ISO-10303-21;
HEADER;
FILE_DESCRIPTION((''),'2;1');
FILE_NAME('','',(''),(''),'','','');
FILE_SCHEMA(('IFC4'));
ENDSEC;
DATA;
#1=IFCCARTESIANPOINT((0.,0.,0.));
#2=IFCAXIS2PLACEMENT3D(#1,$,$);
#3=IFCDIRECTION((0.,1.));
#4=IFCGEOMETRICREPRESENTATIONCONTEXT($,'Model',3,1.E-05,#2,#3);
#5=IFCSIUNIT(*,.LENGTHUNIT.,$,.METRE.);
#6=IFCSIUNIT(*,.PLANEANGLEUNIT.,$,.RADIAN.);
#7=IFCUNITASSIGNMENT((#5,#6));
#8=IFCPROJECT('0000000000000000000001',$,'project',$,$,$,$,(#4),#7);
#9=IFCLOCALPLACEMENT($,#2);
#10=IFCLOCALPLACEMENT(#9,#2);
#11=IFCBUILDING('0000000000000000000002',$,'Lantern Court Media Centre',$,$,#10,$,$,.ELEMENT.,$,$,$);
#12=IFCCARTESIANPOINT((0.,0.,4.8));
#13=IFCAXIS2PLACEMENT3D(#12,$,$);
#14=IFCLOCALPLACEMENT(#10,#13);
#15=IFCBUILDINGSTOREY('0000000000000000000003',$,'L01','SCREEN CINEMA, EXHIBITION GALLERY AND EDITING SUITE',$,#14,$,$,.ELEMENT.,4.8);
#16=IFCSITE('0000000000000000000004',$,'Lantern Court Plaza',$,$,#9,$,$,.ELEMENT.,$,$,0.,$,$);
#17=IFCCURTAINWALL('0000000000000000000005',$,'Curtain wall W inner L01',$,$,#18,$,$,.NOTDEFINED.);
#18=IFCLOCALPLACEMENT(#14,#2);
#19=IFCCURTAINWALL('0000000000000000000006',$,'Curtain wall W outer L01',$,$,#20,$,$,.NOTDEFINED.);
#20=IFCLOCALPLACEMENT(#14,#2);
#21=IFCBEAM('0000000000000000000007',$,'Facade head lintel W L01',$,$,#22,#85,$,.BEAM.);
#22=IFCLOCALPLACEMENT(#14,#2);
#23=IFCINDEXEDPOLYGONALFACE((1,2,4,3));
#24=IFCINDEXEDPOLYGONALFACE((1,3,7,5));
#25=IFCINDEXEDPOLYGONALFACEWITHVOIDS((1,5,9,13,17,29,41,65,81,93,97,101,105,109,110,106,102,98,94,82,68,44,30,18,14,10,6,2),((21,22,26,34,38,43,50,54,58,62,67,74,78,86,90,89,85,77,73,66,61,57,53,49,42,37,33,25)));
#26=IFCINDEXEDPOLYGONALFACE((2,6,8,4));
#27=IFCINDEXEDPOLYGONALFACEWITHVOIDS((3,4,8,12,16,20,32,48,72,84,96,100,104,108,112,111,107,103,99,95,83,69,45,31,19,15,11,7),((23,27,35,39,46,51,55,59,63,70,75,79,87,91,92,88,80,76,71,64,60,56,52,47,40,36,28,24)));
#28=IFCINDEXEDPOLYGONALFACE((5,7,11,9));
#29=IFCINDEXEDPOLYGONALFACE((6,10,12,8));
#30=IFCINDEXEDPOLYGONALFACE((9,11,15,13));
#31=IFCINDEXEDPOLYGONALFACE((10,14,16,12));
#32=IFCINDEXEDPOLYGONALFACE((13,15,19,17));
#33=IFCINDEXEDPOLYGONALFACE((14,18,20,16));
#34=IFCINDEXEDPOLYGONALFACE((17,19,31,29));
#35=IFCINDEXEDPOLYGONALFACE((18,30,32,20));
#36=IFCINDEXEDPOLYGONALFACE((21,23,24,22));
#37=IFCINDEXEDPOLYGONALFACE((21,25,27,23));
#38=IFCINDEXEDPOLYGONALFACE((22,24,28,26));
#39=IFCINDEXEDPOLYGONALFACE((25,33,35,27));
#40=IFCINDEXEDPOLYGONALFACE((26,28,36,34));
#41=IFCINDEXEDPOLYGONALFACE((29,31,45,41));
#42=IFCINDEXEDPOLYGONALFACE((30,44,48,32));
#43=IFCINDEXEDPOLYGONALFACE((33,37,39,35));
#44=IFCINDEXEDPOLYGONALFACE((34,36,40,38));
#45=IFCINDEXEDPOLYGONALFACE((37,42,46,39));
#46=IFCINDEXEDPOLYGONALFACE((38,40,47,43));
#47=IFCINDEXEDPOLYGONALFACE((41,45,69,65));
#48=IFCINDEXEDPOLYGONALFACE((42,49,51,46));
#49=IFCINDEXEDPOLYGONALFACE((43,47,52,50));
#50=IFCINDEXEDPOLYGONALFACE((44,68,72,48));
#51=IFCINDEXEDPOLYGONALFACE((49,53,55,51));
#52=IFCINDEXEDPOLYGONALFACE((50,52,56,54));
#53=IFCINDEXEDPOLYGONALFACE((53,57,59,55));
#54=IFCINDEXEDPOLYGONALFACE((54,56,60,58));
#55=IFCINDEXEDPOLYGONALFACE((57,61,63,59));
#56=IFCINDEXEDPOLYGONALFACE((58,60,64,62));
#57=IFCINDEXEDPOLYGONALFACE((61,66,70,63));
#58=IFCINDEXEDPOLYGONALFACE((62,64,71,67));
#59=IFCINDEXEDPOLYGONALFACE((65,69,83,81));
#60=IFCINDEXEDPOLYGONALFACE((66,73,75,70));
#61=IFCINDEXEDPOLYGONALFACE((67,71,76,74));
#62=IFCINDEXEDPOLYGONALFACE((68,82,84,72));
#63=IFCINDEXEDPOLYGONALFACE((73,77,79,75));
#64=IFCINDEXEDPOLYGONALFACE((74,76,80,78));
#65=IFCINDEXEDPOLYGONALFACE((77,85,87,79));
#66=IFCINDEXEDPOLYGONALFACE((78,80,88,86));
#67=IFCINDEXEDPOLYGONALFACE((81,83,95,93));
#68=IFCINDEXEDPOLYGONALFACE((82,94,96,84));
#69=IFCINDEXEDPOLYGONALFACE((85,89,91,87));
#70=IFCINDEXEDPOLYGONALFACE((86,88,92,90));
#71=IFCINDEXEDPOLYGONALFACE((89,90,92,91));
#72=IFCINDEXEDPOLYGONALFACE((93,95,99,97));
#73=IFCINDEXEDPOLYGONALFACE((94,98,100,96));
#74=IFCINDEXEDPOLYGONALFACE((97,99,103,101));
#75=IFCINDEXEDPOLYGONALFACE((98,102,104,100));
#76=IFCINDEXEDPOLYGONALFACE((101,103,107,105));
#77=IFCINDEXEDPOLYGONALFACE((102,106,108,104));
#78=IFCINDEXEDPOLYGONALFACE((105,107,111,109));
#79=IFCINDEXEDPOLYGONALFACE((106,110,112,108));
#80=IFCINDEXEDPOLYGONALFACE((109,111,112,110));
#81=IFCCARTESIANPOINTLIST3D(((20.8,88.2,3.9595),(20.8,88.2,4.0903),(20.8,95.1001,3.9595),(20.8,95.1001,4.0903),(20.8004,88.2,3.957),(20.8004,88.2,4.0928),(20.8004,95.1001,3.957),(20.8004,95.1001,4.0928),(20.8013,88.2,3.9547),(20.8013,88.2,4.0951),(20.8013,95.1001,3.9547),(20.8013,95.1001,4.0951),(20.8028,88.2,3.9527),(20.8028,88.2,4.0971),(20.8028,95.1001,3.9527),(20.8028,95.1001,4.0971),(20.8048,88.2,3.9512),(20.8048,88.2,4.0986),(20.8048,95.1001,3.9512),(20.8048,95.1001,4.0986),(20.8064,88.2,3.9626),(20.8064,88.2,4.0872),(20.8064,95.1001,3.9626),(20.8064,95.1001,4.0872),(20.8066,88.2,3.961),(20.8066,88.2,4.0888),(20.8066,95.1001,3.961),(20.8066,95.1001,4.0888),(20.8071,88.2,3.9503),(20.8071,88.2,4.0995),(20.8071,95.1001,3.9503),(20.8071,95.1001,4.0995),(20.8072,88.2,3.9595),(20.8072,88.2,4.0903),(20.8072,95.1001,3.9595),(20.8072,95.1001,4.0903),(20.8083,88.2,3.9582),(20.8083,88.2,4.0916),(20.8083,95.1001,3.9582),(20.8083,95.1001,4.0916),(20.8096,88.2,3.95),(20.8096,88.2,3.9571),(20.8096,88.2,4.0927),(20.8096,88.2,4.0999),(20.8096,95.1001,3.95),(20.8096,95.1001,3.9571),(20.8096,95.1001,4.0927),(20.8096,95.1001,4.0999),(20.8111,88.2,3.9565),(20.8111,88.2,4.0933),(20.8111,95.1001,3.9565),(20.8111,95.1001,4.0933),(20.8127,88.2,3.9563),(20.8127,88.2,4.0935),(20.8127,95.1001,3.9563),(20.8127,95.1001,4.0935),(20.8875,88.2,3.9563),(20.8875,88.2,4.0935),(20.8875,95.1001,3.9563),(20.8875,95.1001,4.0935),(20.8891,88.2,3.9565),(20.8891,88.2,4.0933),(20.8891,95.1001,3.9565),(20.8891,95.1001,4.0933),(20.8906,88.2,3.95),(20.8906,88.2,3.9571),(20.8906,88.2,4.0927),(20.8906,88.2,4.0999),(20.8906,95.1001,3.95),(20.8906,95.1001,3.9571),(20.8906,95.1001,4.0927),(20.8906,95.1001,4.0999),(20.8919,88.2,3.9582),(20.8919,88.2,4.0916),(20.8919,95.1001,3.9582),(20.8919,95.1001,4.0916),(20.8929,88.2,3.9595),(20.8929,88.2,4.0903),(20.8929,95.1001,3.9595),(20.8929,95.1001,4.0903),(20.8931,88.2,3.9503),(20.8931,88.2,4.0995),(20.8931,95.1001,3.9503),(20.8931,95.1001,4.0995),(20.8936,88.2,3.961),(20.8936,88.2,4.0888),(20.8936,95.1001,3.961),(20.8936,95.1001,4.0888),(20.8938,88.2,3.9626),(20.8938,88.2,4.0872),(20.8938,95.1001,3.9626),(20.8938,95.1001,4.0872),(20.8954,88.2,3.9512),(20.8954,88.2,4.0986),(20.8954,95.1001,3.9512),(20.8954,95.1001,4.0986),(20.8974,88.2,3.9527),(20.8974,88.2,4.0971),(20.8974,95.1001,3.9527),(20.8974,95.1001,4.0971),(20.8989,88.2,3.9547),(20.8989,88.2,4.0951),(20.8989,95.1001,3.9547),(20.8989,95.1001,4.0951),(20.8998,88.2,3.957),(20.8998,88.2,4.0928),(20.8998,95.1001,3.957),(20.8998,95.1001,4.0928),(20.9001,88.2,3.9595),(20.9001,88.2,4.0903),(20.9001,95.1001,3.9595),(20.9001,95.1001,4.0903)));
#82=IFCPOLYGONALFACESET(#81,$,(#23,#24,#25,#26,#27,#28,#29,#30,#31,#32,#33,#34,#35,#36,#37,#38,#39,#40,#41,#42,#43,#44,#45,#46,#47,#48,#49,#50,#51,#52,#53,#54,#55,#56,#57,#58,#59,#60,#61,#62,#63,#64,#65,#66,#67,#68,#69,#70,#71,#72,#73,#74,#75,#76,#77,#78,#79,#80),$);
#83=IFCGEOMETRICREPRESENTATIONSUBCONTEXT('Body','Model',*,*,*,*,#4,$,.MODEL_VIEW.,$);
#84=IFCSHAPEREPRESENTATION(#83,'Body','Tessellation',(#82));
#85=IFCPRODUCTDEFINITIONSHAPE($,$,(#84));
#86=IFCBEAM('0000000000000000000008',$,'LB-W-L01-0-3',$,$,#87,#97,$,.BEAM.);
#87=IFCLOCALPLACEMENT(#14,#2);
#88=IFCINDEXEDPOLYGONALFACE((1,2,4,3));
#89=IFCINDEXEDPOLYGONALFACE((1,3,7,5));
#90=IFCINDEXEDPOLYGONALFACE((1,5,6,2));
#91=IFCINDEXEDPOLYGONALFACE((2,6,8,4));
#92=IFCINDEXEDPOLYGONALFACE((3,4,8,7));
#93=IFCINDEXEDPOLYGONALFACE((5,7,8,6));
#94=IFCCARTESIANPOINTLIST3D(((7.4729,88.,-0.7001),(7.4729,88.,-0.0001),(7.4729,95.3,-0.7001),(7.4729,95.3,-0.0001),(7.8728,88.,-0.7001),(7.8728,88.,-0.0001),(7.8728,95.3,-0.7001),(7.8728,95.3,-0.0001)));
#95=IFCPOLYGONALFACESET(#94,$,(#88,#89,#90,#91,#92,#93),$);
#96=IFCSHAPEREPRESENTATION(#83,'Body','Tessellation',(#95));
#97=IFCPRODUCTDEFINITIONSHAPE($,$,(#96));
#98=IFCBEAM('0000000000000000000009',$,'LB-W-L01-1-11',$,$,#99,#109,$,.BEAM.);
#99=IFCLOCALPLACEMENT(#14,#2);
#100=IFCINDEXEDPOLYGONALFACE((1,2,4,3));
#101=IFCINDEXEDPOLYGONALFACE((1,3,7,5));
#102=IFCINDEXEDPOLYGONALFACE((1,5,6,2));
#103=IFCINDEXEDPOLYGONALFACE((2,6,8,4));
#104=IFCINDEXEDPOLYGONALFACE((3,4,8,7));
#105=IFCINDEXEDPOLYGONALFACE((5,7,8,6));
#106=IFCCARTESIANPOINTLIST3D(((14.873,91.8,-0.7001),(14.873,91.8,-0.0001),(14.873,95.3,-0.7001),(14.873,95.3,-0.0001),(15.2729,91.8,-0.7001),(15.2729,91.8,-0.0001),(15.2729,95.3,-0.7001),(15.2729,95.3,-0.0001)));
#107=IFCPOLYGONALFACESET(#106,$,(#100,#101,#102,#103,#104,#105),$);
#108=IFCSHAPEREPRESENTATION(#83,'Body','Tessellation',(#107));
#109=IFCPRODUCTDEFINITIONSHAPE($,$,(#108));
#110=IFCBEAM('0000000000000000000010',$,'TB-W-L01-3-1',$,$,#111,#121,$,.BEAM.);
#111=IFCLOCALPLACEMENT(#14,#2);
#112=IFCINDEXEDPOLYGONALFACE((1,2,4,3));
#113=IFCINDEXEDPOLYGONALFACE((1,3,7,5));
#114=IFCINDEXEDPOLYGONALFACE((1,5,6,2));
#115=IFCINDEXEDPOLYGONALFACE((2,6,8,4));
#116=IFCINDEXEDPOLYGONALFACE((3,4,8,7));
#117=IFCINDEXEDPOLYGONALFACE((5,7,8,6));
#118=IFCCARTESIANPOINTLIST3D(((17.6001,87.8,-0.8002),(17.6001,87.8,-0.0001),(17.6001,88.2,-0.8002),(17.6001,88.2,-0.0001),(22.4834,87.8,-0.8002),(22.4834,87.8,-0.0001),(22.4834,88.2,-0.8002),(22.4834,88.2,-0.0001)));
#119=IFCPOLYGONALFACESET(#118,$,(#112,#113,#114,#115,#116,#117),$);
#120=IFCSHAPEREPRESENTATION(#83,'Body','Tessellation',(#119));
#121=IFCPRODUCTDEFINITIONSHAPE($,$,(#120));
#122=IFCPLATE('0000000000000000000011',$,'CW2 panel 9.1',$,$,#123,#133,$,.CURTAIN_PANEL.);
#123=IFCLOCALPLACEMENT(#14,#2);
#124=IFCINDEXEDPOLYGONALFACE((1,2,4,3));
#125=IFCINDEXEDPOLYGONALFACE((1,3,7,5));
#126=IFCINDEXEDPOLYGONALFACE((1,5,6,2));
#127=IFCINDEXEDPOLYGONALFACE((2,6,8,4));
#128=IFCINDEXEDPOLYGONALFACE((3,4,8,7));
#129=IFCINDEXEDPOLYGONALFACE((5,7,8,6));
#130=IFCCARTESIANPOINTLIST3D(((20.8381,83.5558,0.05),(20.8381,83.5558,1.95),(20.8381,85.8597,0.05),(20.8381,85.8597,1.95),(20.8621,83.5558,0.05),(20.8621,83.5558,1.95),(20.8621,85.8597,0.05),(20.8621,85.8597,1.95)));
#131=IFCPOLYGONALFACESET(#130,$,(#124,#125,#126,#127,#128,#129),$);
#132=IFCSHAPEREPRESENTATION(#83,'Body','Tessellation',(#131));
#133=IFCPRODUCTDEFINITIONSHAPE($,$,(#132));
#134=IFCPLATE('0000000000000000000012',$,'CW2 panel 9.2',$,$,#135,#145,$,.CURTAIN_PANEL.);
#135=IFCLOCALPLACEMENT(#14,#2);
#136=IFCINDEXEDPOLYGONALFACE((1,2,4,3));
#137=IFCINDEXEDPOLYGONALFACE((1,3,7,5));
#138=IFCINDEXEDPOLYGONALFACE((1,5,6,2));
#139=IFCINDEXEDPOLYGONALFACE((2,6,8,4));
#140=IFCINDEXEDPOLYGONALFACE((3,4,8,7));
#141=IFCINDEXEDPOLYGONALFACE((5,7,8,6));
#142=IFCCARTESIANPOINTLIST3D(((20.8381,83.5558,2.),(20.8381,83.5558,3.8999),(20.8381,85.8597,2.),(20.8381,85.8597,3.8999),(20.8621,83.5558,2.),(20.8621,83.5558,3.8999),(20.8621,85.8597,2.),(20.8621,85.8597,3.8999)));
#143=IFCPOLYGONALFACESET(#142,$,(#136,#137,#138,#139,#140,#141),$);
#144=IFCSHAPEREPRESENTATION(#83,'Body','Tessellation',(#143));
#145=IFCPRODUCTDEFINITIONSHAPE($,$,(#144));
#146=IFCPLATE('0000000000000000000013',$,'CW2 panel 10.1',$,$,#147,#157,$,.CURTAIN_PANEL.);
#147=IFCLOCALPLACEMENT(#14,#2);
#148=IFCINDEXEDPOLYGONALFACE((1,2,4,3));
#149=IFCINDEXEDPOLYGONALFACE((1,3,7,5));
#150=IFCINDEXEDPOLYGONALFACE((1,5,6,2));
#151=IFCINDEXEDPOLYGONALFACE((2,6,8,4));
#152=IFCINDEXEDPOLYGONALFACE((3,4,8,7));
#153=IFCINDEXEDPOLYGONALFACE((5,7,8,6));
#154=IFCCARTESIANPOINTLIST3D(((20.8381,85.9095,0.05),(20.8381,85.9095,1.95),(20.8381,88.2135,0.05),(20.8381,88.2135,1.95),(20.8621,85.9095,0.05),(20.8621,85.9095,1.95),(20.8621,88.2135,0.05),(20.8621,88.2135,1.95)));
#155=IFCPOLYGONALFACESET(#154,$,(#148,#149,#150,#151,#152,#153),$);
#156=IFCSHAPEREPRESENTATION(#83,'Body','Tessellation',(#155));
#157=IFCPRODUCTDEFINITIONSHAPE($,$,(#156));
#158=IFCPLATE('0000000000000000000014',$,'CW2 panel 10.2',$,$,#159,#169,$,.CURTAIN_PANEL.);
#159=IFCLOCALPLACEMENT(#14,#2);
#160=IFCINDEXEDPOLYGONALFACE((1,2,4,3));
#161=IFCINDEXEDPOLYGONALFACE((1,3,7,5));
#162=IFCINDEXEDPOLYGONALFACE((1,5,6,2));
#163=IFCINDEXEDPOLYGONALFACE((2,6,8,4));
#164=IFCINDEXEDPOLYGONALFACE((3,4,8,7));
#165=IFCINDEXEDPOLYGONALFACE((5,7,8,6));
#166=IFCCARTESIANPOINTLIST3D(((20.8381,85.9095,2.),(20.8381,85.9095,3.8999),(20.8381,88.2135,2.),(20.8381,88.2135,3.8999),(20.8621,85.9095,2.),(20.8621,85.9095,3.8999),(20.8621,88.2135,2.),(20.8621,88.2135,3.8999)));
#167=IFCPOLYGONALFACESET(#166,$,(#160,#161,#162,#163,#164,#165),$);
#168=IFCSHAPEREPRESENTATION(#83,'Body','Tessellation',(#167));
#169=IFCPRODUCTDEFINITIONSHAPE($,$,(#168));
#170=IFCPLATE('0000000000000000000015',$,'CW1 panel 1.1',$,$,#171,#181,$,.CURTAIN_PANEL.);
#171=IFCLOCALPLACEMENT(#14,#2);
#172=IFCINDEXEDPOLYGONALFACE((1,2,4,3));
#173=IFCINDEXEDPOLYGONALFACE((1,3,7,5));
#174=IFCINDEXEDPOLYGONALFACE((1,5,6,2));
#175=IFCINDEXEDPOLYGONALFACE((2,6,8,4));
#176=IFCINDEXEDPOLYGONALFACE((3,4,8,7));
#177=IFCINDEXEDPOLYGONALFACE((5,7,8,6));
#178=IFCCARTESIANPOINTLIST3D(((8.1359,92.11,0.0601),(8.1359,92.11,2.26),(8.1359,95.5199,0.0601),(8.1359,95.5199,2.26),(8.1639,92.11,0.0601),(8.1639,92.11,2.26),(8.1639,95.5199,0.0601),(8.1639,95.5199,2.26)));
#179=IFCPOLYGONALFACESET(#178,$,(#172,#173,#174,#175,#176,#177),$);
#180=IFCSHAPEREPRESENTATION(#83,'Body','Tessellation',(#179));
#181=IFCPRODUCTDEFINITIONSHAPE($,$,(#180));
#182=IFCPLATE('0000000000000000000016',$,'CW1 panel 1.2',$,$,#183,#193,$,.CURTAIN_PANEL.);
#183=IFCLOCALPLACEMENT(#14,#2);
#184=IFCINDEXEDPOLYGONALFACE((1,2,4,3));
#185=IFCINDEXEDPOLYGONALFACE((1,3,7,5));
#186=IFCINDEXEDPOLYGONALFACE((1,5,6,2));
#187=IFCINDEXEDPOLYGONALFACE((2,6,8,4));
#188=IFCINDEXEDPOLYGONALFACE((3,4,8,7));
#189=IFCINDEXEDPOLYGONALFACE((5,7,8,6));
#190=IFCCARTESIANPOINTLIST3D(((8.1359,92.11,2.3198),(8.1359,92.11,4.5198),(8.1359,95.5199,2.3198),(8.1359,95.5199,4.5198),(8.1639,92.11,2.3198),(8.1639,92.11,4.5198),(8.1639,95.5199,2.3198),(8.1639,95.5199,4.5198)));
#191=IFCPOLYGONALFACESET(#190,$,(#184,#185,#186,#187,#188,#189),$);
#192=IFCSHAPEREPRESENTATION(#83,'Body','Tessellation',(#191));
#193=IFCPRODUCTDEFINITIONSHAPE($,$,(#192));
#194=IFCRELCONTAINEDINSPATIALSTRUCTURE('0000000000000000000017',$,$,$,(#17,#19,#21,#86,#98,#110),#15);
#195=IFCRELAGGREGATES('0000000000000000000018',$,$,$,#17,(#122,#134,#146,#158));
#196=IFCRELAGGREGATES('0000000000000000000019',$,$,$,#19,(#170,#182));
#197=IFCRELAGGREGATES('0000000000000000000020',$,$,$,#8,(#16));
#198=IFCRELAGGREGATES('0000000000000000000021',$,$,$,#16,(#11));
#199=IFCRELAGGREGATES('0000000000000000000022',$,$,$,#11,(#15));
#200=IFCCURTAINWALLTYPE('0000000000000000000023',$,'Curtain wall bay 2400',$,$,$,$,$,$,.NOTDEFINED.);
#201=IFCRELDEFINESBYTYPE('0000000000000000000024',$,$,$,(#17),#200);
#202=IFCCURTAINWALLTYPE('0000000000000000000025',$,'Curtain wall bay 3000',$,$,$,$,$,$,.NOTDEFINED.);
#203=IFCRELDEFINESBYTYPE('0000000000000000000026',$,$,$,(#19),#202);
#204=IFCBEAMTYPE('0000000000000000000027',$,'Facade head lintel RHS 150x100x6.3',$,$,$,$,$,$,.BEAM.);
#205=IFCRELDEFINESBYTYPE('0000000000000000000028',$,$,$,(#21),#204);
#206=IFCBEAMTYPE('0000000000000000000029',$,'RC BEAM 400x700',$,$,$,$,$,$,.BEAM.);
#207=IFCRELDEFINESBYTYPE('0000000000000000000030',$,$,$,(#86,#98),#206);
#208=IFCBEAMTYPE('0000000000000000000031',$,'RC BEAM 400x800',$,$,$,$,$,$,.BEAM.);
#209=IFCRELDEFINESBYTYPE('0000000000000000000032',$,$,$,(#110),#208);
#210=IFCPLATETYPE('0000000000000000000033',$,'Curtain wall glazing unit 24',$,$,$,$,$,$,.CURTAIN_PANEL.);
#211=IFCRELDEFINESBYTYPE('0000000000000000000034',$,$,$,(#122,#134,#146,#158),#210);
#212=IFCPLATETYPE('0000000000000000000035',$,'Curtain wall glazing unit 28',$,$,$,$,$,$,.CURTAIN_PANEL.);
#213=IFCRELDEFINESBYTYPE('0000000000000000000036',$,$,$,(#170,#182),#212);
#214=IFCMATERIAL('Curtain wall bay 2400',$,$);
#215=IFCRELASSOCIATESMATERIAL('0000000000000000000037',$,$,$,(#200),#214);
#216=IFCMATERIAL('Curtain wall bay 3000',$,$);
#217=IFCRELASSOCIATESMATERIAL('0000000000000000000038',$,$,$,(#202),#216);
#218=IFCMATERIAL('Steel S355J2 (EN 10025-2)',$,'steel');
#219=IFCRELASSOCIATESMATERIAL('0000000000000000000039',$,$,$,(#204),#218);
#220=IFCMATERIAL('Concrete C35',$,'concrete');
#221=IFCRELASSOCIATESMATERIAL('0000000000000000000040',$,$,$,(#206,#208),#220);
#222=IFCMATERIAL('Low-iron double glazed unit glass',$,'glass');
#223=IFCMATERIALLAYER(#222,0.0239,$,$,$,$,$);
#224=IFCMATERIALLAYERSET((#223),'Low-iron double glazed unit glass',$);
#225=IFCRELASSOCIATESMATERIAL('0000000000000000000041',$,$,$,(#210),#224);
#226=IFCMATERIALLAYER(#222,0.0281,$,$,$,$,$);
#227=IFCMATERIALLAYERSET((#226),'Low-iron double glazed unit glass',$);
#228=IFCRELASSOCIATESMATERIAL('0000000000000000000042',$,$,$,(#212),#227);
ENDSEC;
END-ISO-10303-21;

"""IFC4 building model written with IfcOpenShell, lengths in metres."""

from ifc_helpers import new_model, si_unit, direction, frame, origin, origin_2d, place, context, subcontext, project, spatial, rectangle, hollow_rectangle, extrude, material, layer, layer_set, material_profile, profile_set, type_object, element, aggregate, save


model = new_model("IFC4")

# Units and contexts
model_context = context("Model", 3, precision=1e-05, world=origin(), true_north=direction((0.0, 1.0)))
body_context = subcontext(model_context, "Body", "Model", "MODEL_VIEW")
ifc_project = project(units=[si_unit("LENGTHUNIT", "METRE"), si_unit("PLANEANGLEUNIT", "RADIAN")], contexts=[model_context])

# Site, building, storey
site_placement = place(None, origin())
site = spatial("IfcSite", under=ifc_project, at=site_placement, Name="Lantern Court Plaza", CompositionType="ELEMENT", RefElevation=0.0)
building_placement = place(site_placement, origin())
building = spatial("IfcBuilding", under=site, at=building_placement, Name="Lantern Court Media Centre", CompositionType="ELEMENT")
storey_placement = place(building_placement, frame((0.0, 0.0, 4.8)))
storey = spatial("IfcBuildingStorey", under=building, at=storey_placement, Name="L01", Description="SCREEN CINEMA, EXHIBITION GALLERY AND EDITING SUITE", CompositionType="ELEMENT", Elevation=4.8)

# Shared definitions
ifc_material_1 = material(Name="Concrete C35", Category="concrete")

# Curtain walls
ifc_material_2 = material(Name="Curtain wall bay 2400")
curtain_wall_type_1 = type_object("IfcCurtainWallType", Name="Curtain wall bay 2400", PredefinedType="NOTDEFINED", material=ifc_material_2)
curtain_wall_1_placement = place(storey_placement, origin())
curtain_wall_1 = element("IfcCurtainWall", 1, at=curtain_wall_1_placement, inside=storey, type_object=curtain_wall_type_1, Name="Curtain wall W inner L01", PredefinedType="NOTDEFINED")
ifc_material_3 = material(Name="Curtain wall bay 3000")
curtain_wall_type_2 = type_object("IfcCurtainWallType", Name="Curtain wall bay 3000", PredefinedType="NOTDEFINED", material=ifc_material_3)
curtain_wall_2_placement = place(storey_placement, origin())
curtain_wall_2 = element("IfcCurtainWall", 2, at=curtain_wall_2_placement, inside=storey, type_object=curtain_wall_type_2, Name="Curtain wall W outer L01", PredefinedType="NOTDEFINED")

# Beams
ifc_material_4 = material(Name="Steel S355J2 (EN 10025-2)", Category="steel")
ifc_material_profile_1 = material_profile(ifc_material_4, hollow_rectangle(XDim=0.1001, YDim=0.1499, WallThickness=0.0063, InnerFilletRadius=0.0063, OuterFilletRadius=0.0095, at=origin_2d()), Name="Facade head lintel RHS 150x100x6.3")
ifc_profile_set_1 = profile_set([ifc_material_profile_1], Name="Steel S355J2 (EN 10025-2)")
beam_type_1 = type_object("IfcBeamType", Name="Facade head lintel RHS 150x100x6.3", PredefinedType="BEAM", material=ifc_profile_set_1)
beam_1_placement = place(storey_placement, frame((20.8501, 88.2, 4.0249), z_axis=(0.0, 1.0, 0.0), x_axis=(-1.0, 0.0, 0.0)))
element("IfcBeam", 3, at=beam_1_placement, inside=storey, type_object=beam_type_1, Name="Facade head lintel W L01", PredefinedType="BEAM", context=body_context, shape_type="SweptSolid", body=[
    extrude(hollow_rectangle(XDim=0.1001, YDim=0.1499, WallThickness=0.0063, InnerFilletRadius=0.0063, OuterFilletRadius=0.0095, at=origin_2d()), origin(), (0.0, 0.0, 1.0), 6.9001),
])
ifc_material_profile_2 = material_profile(ifc_material_1, rectangle(XDim=0.3999, YDim=0.7, at=origin_2d()), Name="RC 400x700")
ifc_profile_set_2 = profile_set([ifc_material_profile_2], Name="Concrete C35")
beam_type_2 = type_object("IfcBeamType", Name="RC BEAM 400x700", PredefinedType="BEAM", material=ifc_profile_set_2)
beam_2_placement = place(storey_placement, frame((7.6729, 88.0, -0.3501), z_axis=(0.0, 1.0, 0.0), x_axis=(-1.0, 0.0, 0.0)))
element("IfcBeam", 4, at=beam_2_placement, inside=storey, type_object=beam_type_2, Name="LB-W-L01-0-3", PredefinedType="BEAM", context=body_context, shape_type="SweptSolid", body=[
    extrude(rectangle(XDim=0.3999, YDim=0.7, at=origin_2d()), origin(), (0.0, 0.0, 1.0), 7.3),
])
beam_3_placement = place(storey_placement, frame((15.073, 91.8, -0.3501), z_axis=(0.0, 1.0, 0.0), x_axis=(-1.0, 0.0, 0.0)))
element("IfcBeam", 5, at=beam_3_placement, inside=storey, type_object=beam_type_2, Name="LB-W-L01-1-11", PredefinedType="BEAM", context=body_context, shape_type="SweptSolid", body=[
    extrude(rectangle(XDim=0.3999, YDim=0.7, at=origin_2d()), origin(), (0.0, 0.0, 1.0), 3.5),
])
ifc_material_profile_3 = material_profile(ifc_material_1, rectangle(XDim=0.3999, YDim=0.8, at=origin_2d()), Name="RC 400x800")
ifc_profile_set_3 = profile_set([ifc_material_profile_3], Name="Concrete C35")
beam_type_3 = type_object("IfcBeamType", Name="RC BEAM 400x800", PredefinedType="BEAM", material=ifc_profile_set_3)
beam_4_placement = place(storey_placement, frame((17.6001, 88.0, -0.4001), z_axis=(1.0, 0.0, 0.0), x_axis=(0.0, 1.0, 0.0)))
element("IfcBeam", 6, at=beam_4_placement, inside=storey, type_object=beam_type_3, Name="TB-W-L01-3-1", PredefinedType="BEAM", context=body_context, shape_type="SweptSolid", body=[
    extrude(rectangle(XDim=0.3999, YDim=0.8, at=origin_2d()), origin(), (0.0, 0.0, 1.0), 4.8833),
])

# Plates
ifc_material_5 = material(Name="Low-iron double glazed unit glass", Category="glass")
ifc_layer_1 = layer(ifc_material_5, 0.0239)
ifc_layer_set_1 = layer_set([ifc_layer_1], Name="Low-iron double glazed unit glass")
plate_type_1 = type_object("IfcPlateType", Name="Curtain wall glazing unit 24", PredefinedType="CURTAIN_PANEL", material=ifc_layer_set_1)
plate_1_placement = place(storey_placement, frame((20.8501, 84.7078, 0.05), z_axis=(0.0, 0.0, 1.0), x_axis=(0.0, 1.0, 0.0)))
plate_1 = element("IfcPlate", 7, at=plate_1_placement, type_object=plate_type_1, Name="CW2 panel 9.1", PredefinedType="CURTAIN_PANEL", context=body_context, shape_type="SweptSolid", body=[
    extrude(rectangle(XDim=2.304, YDim=0.0239, at=origin_2d()), origin(), (0.0, 0.0, 1.0), 1.8999),
])
plate_2_placement = place(storey_placement, frame((20.8501, 84.7078, 2.0), z_axis=(0.0, 0.0, 1.0), x_axis=(0.0, 1.0, 0.0)))
plate_2 = element("IfcPlate", 8, at=plate_2_placement, type_object=plate_type_1, Name="CW2 panel 9.2", PredefinedType="CURTAIN_PANEL", context=body_context, shape_type="SweptSolid", body=[
    extrude(rectangle(XDim=2.304, YDim=0.0239, at=origin_2d()), origin(), (0.0, 0.0, 1.0), 1.8999),
])
plate_3_placement = place(storey_placement, frame((20.8501, 87.0615, 0.05), z_axis=(0.0, 0.0, 1.0), x_axis=(0.0, 1.0, 0.0)))
plate_3 = element("IfcPlate", 9, at=plate_3_placement, type_object=plate_type_1, Name="CW2 panel 10.1", PredefinedType="CURTAIN_PANEL", context=body_context, shape_type="SweptSolid", body=[
    extrude(rectangle(XDim=2.304, YDim=0.0239, at=origin_2d()), origin(), (0.0, 0.0, 1.0), 1.8999),
])
plate_4_placement = place(storey_placement, frame((20.8501, 87.0615, 2.0), z_axis=(0.0, 0.0, 1.0), x_axis=(0.0, 1.0, 0.0)))
plate_4 = element("IfcPlate", 10, at=plate_4_placement, type_object=plate_type_1, Name="CW2 panel 10.2", PredefinedType="CURTAIN_PANEL", context=body_context, shape_type="SweptSolid", body=[
    extrude(rectangle(XDim=2.304, YDim=0.0239, at=origin_2d()), origin(), (0.0, 0.0, 1.0), 1.8999),
])
aggregate(curtain_wall_1, [plate_1, plate_2, plate_3, plate_4])
ifc_layer_2 = layer(ifc_material_5, 0.0281)
ifc_layer_set_2 = layer_set([ifc_layer_2], Name="Low-iron double glazed unit glass")
plate_type_2 = type_object("IfcPlateType", Name="Curtain wall glazing unit 28", PredefinedType="CURTAIN_PANEL", material=ifc_layer_set_2)
plate_5_placement = place(storey_placement, frame((8.1499, 93.8149, 0.0601), z_axis=(0.0, 0.0, 1.0), x_axis=(0.0, 1.0, 0.0)))
plate_5 = element("IfcPlate", 11, at=plate_5_placement, type_object=plate_type_2, Name="CW1 panel 1.1", PredefinedType="CURTAIN_PANEL", context=body_context, shape_type="SweptSolid", body=[
    extrude(rectangle(XDim=3.4099, YDim=0.0281, at=origin_2d()), origin(), (0.0, 0.0, 1.0), 2.2),
])
plate_6_placement = place(storey_placement, frame((8.1499, 93.8149, 2.3198), z_axis=(0.0, 0.0, 1.0), x_axis=(0.0, 1.0, 0.0)))
plate_6 = element("IfcPlate", 12, at=plate_6_placement, type_object=plate_type_2, Name="CW1 panel 1.2", PredefinedType="CURTAIN_PANEL", context=body_context, shape_type="SweptSolid", body=[
    extrude(rectangle(XDim=3.4099, YDim=0.0281, at=origin_2d()), origin(), (0.0, 0.0, 1.0), 2.2),
])
aggregate(curtain_wall_2, [plate_5, plate_6])

save(model, "model.ifc")
